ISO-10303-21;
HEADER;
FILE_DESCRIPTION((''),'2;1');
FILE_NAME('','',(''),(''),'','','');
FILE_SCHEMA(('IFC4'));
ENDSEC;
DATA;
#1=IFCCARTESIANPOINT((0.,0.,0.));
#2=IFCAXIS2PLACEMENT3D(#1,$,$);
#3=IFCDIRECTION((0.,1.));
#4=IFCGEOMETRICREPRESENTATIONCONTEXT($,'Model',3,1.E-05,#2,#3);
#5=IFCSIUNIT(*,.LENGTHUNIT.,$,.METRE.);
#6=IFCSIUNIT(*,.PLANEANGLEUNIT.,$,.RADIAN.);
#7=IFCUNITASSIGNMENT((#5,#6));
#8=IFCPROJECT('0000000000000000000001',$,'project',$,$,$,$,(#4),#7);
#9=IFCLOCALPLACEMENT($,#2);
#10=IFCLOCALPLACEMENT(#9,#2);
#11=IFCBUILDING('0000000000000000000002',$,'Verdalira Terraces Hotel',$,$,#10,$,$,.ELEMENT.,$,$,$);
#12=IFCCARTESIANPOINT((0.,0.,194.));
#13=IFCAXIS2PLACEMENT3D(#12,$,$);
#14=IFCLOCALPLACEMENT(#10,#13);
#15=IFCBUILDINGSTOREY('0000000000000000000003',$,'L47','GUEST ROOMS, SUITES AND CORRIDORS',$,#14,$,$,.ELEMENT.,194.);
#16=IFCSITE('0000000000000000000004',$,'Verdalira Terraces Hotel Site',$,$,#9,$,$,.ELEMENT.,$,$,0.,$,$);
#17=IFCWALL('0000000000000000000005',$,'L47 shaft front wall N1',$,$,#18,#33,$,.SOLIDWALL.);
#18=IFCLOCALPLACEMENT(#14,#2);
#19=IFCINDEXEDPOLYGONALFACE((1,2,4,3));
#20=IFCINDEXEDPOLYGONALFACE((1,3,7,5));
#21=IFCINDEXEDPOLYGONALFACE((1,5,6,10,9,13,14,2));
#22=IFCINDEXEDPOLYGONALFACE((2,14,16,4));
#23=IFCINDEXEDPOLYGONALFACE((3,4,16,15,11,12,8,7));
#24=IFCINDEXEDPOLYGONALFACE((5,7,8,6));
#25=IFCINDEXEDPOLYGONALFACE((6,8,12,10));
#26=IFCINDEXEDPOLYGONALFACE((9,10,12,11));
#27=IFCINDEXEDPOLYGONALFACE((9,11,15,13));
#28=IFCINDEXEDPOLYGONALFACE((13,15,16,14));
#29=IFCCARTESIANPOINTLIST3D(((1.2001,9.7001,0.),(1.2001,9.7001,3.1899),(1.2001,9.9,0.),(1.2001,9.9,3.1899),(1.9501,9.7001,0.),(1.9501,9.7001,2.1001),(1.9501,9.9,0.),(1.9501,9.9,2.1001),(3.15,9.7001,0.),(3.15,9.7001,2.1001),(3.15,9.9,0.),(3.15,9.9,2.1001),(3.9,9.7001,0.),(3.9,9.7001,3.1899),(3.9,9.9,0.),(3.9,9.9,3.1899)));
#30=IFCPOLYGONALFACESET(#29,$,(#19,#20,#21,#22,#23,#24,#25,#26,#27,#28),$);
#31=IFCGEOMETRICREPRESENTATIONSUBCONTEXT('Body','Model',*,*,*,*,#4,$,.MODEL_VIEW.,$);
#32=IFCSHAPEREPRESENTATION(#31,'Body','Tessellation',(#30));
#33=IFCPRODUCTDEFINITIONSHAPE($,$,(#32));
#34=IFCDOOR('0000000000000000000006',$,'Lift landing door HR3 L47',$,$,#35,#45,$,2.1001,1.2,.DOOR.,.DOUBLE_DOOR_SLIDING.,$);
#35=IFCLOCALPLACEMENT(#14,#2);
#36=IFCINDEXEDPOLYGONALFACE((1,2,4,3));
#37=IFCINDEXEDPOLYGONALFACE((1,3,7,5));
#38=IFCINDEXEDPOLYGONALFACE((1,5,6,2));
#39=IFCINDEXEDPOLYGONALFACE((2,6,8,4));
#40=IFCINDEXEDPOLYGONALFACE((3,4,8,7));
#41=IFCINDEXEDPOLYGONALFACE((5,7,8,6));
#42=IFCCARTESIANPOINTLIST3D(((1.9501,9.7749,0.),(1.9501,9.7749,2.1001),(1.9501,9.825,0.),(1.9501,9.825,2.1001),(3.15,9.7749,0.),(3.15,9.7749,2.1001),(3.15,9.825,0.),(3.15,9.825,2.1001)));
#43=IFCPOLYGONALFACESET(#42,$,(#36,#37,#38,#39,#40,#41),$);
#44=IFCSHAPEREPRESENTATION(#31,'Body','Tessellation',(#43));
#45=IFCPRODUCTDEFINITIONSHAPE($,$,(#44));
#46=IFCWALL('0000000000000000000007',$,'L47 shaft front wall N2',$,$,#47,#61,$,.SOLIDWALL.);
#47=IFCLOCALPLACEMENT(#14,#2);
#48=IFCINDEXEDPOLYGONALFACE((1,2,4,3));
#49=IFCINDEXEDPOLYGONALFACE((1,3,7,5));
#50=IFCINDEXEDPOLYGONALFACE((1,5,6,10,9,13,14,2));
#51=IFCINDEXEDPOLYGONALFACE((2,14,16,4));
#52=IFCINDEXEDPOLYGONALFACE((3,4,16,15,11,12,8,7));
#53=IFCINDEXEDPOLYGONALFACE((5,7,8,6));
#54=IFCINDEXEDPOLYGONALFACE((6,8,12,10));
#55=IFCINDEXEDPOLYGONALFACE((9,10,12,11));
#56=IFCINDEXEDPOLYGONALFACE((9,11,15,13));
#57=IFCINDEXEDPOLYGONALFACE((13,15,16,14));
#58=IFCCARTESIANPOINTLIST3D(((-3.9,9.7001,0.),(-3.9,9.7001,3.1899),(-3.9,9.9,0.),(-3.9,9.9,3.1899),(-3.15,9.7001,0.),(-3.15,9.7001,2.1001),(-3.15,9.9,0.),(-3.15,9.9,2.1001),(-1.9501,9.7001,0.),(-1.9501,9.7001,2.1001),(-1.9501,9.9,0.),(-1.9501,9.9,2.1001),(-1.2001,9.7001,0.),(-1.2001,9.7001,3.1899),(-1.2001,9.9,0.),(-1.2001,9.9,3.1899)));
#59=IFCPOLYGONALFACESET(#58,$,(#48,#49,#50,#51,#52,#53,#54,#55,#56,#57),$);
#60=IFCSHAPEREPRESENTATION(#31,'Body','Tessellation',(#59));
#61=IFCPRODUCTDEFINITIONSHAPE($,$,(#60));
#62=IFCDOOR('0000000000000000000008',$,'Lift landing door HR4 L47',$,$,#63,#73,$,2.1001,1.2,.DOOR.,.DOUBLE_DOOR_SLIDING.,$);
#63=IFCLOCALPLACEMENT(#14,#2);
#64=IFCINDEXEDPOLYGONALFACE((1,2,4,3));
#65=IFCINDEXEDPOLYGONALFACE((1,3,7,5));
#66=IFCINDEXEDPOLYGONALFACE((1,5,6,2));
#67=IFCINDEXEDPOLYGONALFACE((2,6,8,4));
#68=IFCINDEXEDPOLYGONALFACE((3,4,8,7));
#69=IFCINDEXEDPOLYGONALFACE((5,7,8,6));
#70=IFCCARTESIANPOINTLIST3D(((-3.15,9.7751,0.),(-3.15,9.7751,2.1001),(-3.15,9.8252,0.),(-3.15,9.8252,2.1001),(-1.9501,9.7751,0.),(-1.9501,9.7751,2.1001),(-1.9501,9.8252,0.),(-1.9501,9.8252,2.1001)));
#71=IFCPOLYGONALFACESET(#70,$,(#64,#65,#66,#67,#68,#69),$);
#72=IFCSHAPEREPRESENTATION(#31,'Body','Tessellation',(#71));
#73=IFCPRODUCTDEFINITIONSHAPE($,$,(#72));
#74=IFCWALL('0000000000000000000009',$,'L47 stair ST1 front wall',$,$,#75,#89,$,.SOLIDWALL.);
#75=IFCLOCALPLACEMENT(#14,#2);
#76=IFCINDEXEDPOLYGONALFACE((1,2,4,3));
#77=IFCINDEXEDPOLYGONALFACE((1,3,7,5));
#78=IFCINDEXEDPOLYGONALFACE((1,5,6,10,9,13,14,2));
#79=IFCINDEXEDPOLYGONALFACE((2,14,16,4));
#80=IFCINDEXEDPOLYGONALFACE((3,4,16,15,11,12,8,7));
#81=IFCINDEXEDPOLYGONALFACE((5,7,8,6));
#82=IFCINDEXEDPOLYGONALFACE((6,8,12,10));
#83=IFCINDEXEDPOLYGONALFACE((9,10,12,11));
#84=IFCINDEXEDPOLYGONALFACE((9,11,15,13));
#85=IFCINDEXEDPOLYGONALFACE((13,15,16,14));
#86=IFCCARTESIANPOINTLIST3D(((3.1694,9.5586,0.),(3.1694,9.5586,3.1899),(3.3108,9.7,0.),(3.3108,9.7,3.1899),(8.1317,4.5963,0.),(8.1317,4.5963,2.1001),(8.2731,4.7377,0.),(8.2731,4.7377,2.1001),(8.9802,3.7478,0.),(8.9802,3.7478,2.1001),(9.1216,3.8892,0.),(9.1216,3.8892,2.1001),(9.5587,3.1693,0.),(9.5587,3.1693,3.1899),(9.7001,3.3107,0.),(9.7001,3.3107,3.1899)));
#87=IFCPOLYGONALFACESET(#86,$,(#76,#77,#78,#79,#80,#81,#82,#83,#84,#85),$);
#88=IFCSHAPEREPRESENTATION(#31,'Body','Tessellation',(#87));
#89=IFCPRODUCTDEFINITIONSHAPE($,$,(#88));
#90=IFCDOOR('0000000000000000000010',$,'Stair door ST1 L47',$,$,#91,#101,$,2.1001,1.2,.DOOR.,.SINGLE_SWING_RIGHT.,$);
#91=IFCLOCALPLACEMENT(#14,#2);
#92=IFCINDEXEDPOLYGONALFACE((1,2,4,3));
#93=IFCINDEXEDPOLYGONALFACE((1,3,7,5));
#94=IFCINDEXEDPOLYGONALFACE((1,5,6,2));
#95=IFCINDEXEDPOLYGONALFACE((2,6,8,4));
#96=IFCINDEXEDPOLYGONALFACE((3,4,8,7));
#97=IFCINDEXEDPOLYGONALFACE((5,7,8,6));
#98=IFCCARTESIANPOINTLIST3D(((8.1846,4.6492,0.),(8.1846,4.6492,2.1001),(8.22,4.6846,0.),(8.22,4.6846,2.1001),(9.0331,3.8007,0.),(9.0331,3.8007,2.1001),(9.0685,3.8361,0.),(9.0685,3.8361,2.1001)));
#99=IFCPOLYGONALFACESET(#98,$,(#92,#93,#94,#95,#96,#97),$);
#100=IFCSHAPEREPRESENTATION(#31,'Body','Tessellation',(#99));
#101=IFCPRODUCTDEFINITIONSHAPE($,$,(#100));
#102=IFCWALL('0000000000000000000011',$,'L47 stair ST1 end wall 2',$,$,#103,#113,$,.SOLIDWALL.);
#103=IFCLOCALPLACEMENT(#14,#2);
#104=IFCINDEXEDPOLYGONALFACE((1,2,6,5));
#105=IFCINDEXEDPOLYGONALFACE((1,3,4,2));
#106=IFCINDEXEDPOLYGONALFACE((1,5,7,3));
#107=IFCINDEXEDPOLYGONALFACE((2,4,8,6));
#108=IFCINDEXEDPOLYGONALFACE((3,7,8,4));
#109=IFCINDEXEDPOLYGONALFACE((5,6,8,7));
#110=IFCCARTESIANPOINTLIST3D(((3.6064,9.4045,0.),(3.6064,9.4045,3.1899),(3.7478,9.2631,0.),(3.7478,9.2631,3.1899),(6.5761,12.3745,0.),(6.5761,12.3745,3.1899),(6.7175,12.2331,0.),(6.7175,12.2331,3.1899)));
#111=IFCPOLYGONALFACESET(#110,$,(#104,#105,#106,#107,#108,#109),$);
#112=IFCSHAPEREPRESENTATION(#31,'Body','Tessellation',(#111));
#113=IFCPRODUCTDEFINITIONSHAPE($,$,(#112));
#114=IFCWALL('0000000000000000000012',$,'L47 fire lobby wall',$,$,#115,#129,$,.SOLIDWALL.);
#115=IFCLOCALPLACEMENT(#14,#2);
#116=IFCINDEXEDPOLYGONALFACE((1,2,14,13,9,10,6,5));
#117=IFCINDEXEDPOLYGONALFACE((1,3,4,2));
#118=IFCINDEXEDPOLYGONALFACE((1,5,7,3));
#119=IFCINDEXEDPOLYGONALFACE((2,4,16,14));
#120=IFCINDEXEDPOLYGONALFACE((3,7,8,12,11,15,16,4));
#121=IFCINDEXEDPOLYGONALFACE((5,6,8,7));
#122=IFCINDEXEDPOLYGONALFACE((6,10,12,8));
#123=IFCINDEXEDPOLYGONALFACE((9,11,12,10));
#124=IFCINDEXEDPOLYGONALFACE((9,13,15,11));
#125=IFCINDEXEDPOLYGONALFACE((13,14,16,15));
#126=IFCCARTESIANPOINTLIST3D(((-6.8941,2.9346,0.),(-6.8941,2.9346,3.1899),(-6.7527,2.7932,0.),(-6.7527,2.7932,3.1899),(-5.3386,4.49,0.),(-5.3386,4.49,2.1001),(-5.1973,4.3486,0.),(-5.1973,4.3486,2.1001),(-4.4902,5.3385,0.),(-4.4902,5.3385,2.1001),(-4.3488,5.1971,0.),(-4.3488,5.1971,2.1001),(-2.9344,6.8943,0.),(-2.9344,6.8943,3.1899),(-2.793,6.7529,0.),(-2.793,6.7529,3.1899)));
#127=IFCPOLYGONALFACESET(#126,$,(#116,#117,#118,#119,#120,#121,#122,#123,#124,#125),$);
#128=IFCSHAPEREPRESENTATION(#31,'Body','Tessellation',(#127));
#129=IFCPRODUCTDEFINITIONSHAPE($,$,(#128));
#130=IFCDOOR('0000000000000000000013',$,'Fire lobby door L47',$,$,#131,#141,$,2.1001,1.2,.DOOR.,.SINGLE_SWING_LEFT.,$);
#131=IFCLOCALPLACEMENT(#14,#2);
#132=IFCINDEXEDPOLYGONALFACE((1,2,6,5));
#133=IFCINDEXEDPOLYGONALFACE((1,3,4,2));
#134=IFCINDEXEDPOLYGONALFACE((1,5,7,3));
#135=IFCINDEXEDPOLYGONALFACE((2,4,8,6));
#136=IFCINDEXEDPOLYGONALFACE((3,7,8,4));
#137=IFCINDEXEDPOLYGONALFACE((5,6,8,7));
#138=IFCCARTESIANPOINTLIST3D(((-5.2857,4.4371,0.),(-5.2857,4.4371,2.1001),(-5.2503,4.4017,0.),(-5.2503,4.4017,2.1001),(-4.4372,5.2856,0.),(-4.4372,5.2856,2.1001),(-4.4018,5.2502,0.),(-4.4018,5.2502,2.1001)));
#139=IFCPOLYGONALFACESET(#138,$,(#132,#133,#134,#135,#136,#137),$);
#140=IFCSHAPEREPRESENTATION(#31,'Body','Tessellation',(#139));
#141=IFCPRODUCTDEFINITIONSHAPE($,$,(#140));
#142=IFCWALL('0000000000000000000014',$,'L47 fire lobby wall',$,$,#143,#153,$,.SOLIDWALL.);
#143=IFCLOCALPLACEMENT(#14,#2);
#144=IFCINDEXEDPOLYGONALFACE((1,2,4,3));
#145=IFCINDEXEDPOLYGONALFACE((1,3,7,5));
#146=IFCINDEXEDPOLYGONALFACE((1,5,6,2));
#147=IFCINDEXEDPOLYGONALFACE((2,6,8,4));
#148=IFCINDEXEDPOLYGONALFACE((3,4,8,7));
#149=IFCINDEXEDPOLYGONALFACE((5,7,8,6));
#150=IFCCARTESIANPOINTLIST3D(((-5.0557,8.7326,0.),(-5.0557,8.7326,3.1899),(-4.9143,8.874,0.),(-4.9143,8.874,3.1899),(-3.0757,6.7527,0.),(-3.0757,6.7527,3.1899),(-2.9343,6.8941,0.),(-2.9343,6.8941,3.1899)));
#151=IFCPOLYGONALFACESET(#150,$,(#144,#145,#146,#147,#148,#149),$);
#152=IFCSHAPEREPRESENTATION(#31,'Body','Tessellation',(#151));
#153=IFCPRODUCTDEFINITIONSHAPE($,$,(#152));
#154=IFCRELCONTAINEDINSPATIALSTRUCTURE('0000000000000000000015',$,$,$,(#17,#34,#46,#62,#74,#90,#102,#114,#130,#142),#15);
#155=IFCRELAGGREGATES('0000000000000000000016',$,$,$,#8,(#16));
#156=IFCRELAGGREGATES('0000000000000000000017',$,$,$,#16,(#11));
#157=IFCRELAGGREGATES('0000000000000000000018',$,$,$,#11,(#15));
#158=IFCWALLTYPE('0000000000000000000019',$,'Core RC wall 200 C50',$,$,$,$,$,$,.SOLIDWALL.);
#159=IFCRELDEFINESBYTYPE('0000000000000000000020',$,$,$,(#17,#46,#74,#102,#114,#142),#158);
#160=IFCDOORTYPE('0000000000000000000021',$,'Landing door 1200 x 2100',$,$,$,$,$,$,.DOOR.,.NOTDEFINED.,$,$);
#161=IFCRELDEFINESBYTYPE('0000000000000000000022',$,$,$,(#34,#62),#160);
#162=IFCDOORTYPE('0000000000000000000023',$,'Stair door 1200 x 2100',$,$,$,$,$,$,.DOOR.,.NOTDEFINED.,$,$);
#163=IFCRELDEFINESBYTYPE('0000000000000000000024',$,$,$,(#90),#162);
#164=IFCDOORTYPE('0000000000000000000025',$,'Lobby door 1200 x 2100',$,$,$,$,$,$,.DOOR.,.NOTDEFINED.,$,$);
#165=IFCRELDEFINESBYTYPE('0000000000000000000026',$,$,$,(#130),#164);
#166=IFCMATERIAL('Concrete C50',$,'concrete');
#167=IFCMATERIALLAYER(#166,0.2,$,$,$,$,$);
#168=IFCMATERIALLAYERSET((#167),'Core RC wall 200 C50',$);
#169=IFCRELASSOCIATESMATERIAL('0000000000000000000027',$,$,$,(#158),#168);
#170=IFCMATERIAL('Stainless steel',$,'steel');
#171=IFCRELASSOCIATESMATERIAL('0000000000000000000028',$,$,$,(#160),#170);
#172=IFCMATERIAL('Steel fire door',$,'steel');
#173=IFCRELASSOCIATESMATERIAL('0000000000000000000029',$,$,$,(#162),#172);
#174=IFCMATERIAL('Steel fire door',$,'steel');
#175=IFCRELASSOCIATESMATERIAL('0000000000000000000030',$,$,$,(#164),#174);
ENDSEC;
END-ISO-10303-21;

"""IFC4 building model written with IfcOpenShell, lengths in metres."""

from ifc_helpers import new_model, si_unit, direction, frame, frame_2d, origin, place, context, subcontext, project, spatial, rectangle, extrude, material, layer, layer_set, type_object, element, fill, save


model = new_model("IFC4")

# Units and contexts
model_context = context("Model", 3, precision=1e-05, world=origin(), true_north=direction((0.0, 1.0)))
body_context = subcontext(model_context, "Body", "Model", "MODEL_VIEW")
ifc_project = project(units=[si_unit("LENGTHUNIT", "METRE"), si_unit("PLANEANGLEUNIT", "RADIAN")], contexts=[model_context])

# Site, building, storey
site_placement = place(None, origin())
site = spatial("IfcSite", under=ifc_project, at=site_placement, Name="Verdalira Terraces Hotel Site", CompositionType="ELEMENT", RefElevation=0.0)
building_placement = place(site_placement, origin())
building = spatial("IfcBuilding", under=site, at=building_placement, Name="Verdalira Terraces Hotel", CompositionType="ELEMENT")
storey_placement = place(building_placement, frame((0.0, 0.0, 194.0)))
storey = spatial("IfcBuildingStorey", under=building, at=storey_placement, Name="L47", Description="GUEST ROOMS, SUITES AND CORRIDORS", CompositionType="ELEMENT", Elevation=194.0)

# Walls, openings, doors
ifc_material_1 = material(Name="Concrete C50", Category="concrete")
ifc_layer_1 = layer(ifc_material_1, 0.2)
ifc_layer_set_1 = layer_set([ifc_layer_1], Name="Core RC wall 200 C50")
wall_type_1 = type_object("IfcWallType", Name="Core RC wall 200 C50", PredefinedType="SOLIDWALL", material=ifc_layer_set_1)
wall_1_placement = place(storey_placement, frame((1.2, 9.8, 0.0), z_axis=(0.0, 0.0, 1.0), x_axis=(1.0, 0.0, 0.0)))
wall_1 = element("IfcWall", 1, at=wall_1_placement, inside=storey, type_object=wall_type_1, Name="L47 shaft front wall N1", PredefinedType="SOLIDWALL", context=body_context, shape_type="SweptSolid", body=[
    extrude(rectangle(XDim=2.7, YDim=0.2, at=frame_2d((1.3501, 0.0))), origin(), (0.0, 0.0, 1.0), 3.1899),
])
opening_1_placement = place(wall_1_placement, frame((0.75, 0.0, 0.0)))
opening_1 = element("IfcOpeningElement", 2, at=opening_1_placement, cuts=wall_1, PredefinedType="OPENING", context=body_context, shape_type="SweptSolid", body=[
    extrude(rectangle(XDim=1.2, YDim=2.1001, at=frame_2d((0.6001, 1.05))), frame((0.0, 0.1099, 0.0), z_axis=(0.0, -1.0, 0.0), x_axis=(1.0, 0.0, 0.0)), (0.0, 0.0, 1.0), 0.22),
])
ifc_material_2 = material(Name="Stainless steel", Category="steel")
door_type_1 = type_object("IfcDoorType", Name="Landing door 1200 x 2100", OperationType="NOTDEFINED", PredefinedType="DOOR", material=ifc_material_2)
door_1_placement = place(opening_1_placement, origin())
door_1 = element("IfcDoor", 3, at=door_1_placement, inside=storey, type_object=door_type_1, Name="Lift landing door HR3 L47", OperationType="DOUBLE_DOOR_SLIDING", OverallHeight=2.1001, OverallWidth=1.2, PredefinedType="DOOR", context=body_context, shape_type="SweptSolid", body=[
    extrude(rectangle(XDim=1.2, YDim=2.1001, at=frame_2d((0.6001, 1.05))), frame((0.0, 0.0249, 0.0), z_axis=(0.0, -1.0, 0.0), x_axis=(1.0, 0.0, 0.0)), (0.0, 0.0, 1.0), 0.05),
])
fill(opening_1, door_1)
wall_2_placement = place(storey_placement, frame((-1.2, 9.8, 0.0), z_axis=(0.0, 0.0, 1.0), x_axis=(-1.0, 0.0, 0.0)))
wall_2 = element("IfcWall", 4, at=wall_2_placement, inside=storey, type_object=wall_type_1, Name="L47 shaft front wall N2", PredefinedType="SOLIDWALL", context=body_context, shape_type="SweptSolid", body=[
    extrude(rectangle(XDim=2.7, YDim=0.2, at=frame_2d((1.3501, 0.0))), origin(), (0.0, 0.0, 1.0), 3.1899),
])
opening_2_placement = place(wall_2_placement, frame((0.75, 0.0, 0.0)))
opening_2 = element("IfcOpeningElement", 5, at=opening_2_placement, cuts=wall_2, PredefinedType="OPENING", context=body_context, shape_type="SweptSolid", body=[
    extrude(rectangle(XDim=1.2, YDim=2.1001, at=frame_2d((0.6001, 1.05))), frame((0.0, 0.1099, 0.0), z_axis=(0.0, -1.0, 0.0), x_axis=(1.0, 0.0, 0.0)), (0.0, 0.0, 1.0), 0.22),
])
door_2_placement = place(opening_2_placement, origin())
door_2 = element("IfcDoor", 6, at=door_2_placement, inside=storey, type_object=door_type_1, Name="Lift landing door HR4 L47", OperationType="DOUBLE_DOOR_SLIDING", OverallHeight=2.1001, OverallWidth=1.2, PredefinedType="DOOR", context=body_context, shape_type="SweptSolid", body=[
    extrude(rectangle(XDim=1.2, YDim=2.1001, at=frame_2d((0.6001, 1.05))), frame((0.0, 0.0249, 0.0), z_axis=(0.0, -1.0, 0.0), x_axis=(1.0, 0.0, 0.0)), (0.0, 0.0, 1.0), 0.05),
])
fill(opening_2, door_2)
wall_3_placement = place(storey_placement, frame((3.24, 9.6294, 0.0), z_axis=(0.0, 0.0, 1.0), x_axis=(0.707107, -0.707107, 0.0)))
wall_3 = element("IfcWall", 7, at=wall_3_placement, inside=storey, type_object=wall_type_1, Name="L47 stair ST1 front wall", PredefinedType="SOLIDWALL", context=body_context, shape_type="SweptSolid", body=[
    extrude(rectangle(XDim=9.0359, YDim=0.2, at=frame_2d((4.5181, 0.0))), origin(), (0.0, 0.0, 1.0), 3.1899),
])
opening_3_placement = place(wall_3_placement, frame((7.0178, 0.0, 0.0)))
opening_3 = element("IfcOpeningElement", 8, at=opening_3_placement, cuts=wall_3, PredefinedType="OPENING", context=body_context, shape_type="SweptSolid", body=[
    extrude(rectangle(XDim=1.2, YDim=2.1001, at=frame_2d((0.6001, 1.05))), frame((0.0, 0.1099, 0.0), z_axis=(0.0, -1.0, 0.0), x_axis=(1.0, 0.0, 0.0)), (0.0, 0.0, 1.0), 0.22),
])
ifc_material_3 = material(Name="Steel fire door", Category="steel")
door_type_2 = type_object("IfcDoorType", Name="Stair door 1200 x 2100", OperationType="NOTDEFINED", PredefinedType="DOOR", material=ifc_material_3)
door_3_placement = place(opening_3_placement, origin())
door_3 = element("IfcDoor", 9, at=door_3_placement, inside=storey, type_object=door_type_2, Name="Stair door ST1 L47", OperationType="SINGLE_SWING_RIGHT", OverallHeight=2.1001, OverallWidth=1.2, PredefinedType="DOOR", context=body_context, shape_type="SweptSolid", body=[
    extrude(rectangle(XDim=1.2, YDim=2.1001, at=frame_2d((0.6001, 1.05))), frame((0.0, 0.0249, 0.0), z_axis=(0.0, -1.0, 0.0), x_axis=(1.0, 0.0, 0.0)), (0.0, 0.0, 1.0), 0.05),
])
fill(opening_3, door_3)

# Wall
wall_4_placement = place(storey_placement, frame((3.677, 9.3337, 0.0), z_axis=(0.0, 0.0, 1.0), x_axis=(0.707078, 0.707136, 0.0)))
element("IfcWall", 10, at=wall_4_placement, inside=storey, type_object=wall_type_1, Name="L47 stair ST1 end wall 2", PredefinedType="SOLIDWALL", context=body_context, shape_type="SweptSolid", body=[
    extrude(rectangle(XDim=4.2, YDim=0.2, at=frame_2d((2.1001, 0.0))), origin(), (0.0, 0.0, 1.0), 3.1899),
])

# Wall, opening, door
wall_5_placement = place(storey_placement, frame((-2.8638, 6.8235, 0.0), z_axis=(0.0, 0.0, 1.0), x_axis=(-0.707107, -0.707107, 0.0)))
wall_5 = element("IfcWall", 11, at=wall_5_placement, inside=storey, type_object=wall_type_1, Name="L47 fire lobby wall", PredefinedType="SOLIDWALL", context=body_context, shape_type="SweptSolid", body=[
    extrude(rectangle(XDim=5.5999, YDim=0.2, at=frame_2d((2.7998, 0.0))), origin(), (0.0, 0.0, 1.0), 3.1899),
])
opening_4_placement = place(wall_5_placement, frame((2.2, 0.0, 0.0)))
opening_4 = element("IfcOpeningElement", 12, at=opening_4_placement, cuts=wall_5, PredefinedType="OPENING", context=body_context, shape_type="SweptSolid", body=[
    extrude(rectangle(XDim=1.2, YDim=2.1001, at=frame_2d((0.6001, 1.05))), frame((0.0, 0.1099, 0.0), z_axis=(0.0, -1.0, 0.0), x_axis=(1.0, 0.0, 0.0)), (0.0, 0.0, 1.0), 0.22),
])
ifc_material_4 = material(Name="Steel fire door", Category="steel")
door_type_3 = type_object("IfcDoorType", Name="Lobby door 1200 x 2100", OperationType="NOTDEFINED", PredefinedType="DOOR", material=ifc_material_4)
door_4_placement = place(opening_4_placement, origin())
door_4 = element("IfcDoor", 13, at=door_4_placement, inside=storey, type_object=door_type_3, Name="Fire lobby door L47", OperationType="SINGLE_SWING_LEFT", OverallHeight=2.1001, OverallWidth=1.2, PredefinedType="DOOR", context=body_context, shape_type="SweptSolid", body=[
    extrude(rectangle(XDim=1.2, YDim=2.1001, at=frame_2d((0.6001, 1.05))), frame((0.0, 0.0249, 0.0), z_axis=(0.0, -1.0, 0.0), x_axis=(1.0, 0.0, 0.0)), (0.0, 0.0, 1.0), 0.05),
])
fill(opening_4, door_4)

# Wall
wall_6_placement = place(storey_placement, frame((-3.0051, 6.8235, 0.0), z_axis=(0.0, 0.0, 1.0), x_axis=(-0.707107, 0.707107, 0.0)))
element("IfcWall", 14, at=wall_6_placement, inside=storey, type_object=wall_type_1, Name="L47 fire lobby wall", PredefinedType="SOLIDWALL", context=body_context, shape_type="SweptSolid", body=[
    extrude(rectangle(XDim=2.8, YDim=0.2, at=frame_2d((1.3999, 0.0))), origin(), (0.0, 0.0, 1.0), 3.1899),
])

save(model, "model.ifc")
